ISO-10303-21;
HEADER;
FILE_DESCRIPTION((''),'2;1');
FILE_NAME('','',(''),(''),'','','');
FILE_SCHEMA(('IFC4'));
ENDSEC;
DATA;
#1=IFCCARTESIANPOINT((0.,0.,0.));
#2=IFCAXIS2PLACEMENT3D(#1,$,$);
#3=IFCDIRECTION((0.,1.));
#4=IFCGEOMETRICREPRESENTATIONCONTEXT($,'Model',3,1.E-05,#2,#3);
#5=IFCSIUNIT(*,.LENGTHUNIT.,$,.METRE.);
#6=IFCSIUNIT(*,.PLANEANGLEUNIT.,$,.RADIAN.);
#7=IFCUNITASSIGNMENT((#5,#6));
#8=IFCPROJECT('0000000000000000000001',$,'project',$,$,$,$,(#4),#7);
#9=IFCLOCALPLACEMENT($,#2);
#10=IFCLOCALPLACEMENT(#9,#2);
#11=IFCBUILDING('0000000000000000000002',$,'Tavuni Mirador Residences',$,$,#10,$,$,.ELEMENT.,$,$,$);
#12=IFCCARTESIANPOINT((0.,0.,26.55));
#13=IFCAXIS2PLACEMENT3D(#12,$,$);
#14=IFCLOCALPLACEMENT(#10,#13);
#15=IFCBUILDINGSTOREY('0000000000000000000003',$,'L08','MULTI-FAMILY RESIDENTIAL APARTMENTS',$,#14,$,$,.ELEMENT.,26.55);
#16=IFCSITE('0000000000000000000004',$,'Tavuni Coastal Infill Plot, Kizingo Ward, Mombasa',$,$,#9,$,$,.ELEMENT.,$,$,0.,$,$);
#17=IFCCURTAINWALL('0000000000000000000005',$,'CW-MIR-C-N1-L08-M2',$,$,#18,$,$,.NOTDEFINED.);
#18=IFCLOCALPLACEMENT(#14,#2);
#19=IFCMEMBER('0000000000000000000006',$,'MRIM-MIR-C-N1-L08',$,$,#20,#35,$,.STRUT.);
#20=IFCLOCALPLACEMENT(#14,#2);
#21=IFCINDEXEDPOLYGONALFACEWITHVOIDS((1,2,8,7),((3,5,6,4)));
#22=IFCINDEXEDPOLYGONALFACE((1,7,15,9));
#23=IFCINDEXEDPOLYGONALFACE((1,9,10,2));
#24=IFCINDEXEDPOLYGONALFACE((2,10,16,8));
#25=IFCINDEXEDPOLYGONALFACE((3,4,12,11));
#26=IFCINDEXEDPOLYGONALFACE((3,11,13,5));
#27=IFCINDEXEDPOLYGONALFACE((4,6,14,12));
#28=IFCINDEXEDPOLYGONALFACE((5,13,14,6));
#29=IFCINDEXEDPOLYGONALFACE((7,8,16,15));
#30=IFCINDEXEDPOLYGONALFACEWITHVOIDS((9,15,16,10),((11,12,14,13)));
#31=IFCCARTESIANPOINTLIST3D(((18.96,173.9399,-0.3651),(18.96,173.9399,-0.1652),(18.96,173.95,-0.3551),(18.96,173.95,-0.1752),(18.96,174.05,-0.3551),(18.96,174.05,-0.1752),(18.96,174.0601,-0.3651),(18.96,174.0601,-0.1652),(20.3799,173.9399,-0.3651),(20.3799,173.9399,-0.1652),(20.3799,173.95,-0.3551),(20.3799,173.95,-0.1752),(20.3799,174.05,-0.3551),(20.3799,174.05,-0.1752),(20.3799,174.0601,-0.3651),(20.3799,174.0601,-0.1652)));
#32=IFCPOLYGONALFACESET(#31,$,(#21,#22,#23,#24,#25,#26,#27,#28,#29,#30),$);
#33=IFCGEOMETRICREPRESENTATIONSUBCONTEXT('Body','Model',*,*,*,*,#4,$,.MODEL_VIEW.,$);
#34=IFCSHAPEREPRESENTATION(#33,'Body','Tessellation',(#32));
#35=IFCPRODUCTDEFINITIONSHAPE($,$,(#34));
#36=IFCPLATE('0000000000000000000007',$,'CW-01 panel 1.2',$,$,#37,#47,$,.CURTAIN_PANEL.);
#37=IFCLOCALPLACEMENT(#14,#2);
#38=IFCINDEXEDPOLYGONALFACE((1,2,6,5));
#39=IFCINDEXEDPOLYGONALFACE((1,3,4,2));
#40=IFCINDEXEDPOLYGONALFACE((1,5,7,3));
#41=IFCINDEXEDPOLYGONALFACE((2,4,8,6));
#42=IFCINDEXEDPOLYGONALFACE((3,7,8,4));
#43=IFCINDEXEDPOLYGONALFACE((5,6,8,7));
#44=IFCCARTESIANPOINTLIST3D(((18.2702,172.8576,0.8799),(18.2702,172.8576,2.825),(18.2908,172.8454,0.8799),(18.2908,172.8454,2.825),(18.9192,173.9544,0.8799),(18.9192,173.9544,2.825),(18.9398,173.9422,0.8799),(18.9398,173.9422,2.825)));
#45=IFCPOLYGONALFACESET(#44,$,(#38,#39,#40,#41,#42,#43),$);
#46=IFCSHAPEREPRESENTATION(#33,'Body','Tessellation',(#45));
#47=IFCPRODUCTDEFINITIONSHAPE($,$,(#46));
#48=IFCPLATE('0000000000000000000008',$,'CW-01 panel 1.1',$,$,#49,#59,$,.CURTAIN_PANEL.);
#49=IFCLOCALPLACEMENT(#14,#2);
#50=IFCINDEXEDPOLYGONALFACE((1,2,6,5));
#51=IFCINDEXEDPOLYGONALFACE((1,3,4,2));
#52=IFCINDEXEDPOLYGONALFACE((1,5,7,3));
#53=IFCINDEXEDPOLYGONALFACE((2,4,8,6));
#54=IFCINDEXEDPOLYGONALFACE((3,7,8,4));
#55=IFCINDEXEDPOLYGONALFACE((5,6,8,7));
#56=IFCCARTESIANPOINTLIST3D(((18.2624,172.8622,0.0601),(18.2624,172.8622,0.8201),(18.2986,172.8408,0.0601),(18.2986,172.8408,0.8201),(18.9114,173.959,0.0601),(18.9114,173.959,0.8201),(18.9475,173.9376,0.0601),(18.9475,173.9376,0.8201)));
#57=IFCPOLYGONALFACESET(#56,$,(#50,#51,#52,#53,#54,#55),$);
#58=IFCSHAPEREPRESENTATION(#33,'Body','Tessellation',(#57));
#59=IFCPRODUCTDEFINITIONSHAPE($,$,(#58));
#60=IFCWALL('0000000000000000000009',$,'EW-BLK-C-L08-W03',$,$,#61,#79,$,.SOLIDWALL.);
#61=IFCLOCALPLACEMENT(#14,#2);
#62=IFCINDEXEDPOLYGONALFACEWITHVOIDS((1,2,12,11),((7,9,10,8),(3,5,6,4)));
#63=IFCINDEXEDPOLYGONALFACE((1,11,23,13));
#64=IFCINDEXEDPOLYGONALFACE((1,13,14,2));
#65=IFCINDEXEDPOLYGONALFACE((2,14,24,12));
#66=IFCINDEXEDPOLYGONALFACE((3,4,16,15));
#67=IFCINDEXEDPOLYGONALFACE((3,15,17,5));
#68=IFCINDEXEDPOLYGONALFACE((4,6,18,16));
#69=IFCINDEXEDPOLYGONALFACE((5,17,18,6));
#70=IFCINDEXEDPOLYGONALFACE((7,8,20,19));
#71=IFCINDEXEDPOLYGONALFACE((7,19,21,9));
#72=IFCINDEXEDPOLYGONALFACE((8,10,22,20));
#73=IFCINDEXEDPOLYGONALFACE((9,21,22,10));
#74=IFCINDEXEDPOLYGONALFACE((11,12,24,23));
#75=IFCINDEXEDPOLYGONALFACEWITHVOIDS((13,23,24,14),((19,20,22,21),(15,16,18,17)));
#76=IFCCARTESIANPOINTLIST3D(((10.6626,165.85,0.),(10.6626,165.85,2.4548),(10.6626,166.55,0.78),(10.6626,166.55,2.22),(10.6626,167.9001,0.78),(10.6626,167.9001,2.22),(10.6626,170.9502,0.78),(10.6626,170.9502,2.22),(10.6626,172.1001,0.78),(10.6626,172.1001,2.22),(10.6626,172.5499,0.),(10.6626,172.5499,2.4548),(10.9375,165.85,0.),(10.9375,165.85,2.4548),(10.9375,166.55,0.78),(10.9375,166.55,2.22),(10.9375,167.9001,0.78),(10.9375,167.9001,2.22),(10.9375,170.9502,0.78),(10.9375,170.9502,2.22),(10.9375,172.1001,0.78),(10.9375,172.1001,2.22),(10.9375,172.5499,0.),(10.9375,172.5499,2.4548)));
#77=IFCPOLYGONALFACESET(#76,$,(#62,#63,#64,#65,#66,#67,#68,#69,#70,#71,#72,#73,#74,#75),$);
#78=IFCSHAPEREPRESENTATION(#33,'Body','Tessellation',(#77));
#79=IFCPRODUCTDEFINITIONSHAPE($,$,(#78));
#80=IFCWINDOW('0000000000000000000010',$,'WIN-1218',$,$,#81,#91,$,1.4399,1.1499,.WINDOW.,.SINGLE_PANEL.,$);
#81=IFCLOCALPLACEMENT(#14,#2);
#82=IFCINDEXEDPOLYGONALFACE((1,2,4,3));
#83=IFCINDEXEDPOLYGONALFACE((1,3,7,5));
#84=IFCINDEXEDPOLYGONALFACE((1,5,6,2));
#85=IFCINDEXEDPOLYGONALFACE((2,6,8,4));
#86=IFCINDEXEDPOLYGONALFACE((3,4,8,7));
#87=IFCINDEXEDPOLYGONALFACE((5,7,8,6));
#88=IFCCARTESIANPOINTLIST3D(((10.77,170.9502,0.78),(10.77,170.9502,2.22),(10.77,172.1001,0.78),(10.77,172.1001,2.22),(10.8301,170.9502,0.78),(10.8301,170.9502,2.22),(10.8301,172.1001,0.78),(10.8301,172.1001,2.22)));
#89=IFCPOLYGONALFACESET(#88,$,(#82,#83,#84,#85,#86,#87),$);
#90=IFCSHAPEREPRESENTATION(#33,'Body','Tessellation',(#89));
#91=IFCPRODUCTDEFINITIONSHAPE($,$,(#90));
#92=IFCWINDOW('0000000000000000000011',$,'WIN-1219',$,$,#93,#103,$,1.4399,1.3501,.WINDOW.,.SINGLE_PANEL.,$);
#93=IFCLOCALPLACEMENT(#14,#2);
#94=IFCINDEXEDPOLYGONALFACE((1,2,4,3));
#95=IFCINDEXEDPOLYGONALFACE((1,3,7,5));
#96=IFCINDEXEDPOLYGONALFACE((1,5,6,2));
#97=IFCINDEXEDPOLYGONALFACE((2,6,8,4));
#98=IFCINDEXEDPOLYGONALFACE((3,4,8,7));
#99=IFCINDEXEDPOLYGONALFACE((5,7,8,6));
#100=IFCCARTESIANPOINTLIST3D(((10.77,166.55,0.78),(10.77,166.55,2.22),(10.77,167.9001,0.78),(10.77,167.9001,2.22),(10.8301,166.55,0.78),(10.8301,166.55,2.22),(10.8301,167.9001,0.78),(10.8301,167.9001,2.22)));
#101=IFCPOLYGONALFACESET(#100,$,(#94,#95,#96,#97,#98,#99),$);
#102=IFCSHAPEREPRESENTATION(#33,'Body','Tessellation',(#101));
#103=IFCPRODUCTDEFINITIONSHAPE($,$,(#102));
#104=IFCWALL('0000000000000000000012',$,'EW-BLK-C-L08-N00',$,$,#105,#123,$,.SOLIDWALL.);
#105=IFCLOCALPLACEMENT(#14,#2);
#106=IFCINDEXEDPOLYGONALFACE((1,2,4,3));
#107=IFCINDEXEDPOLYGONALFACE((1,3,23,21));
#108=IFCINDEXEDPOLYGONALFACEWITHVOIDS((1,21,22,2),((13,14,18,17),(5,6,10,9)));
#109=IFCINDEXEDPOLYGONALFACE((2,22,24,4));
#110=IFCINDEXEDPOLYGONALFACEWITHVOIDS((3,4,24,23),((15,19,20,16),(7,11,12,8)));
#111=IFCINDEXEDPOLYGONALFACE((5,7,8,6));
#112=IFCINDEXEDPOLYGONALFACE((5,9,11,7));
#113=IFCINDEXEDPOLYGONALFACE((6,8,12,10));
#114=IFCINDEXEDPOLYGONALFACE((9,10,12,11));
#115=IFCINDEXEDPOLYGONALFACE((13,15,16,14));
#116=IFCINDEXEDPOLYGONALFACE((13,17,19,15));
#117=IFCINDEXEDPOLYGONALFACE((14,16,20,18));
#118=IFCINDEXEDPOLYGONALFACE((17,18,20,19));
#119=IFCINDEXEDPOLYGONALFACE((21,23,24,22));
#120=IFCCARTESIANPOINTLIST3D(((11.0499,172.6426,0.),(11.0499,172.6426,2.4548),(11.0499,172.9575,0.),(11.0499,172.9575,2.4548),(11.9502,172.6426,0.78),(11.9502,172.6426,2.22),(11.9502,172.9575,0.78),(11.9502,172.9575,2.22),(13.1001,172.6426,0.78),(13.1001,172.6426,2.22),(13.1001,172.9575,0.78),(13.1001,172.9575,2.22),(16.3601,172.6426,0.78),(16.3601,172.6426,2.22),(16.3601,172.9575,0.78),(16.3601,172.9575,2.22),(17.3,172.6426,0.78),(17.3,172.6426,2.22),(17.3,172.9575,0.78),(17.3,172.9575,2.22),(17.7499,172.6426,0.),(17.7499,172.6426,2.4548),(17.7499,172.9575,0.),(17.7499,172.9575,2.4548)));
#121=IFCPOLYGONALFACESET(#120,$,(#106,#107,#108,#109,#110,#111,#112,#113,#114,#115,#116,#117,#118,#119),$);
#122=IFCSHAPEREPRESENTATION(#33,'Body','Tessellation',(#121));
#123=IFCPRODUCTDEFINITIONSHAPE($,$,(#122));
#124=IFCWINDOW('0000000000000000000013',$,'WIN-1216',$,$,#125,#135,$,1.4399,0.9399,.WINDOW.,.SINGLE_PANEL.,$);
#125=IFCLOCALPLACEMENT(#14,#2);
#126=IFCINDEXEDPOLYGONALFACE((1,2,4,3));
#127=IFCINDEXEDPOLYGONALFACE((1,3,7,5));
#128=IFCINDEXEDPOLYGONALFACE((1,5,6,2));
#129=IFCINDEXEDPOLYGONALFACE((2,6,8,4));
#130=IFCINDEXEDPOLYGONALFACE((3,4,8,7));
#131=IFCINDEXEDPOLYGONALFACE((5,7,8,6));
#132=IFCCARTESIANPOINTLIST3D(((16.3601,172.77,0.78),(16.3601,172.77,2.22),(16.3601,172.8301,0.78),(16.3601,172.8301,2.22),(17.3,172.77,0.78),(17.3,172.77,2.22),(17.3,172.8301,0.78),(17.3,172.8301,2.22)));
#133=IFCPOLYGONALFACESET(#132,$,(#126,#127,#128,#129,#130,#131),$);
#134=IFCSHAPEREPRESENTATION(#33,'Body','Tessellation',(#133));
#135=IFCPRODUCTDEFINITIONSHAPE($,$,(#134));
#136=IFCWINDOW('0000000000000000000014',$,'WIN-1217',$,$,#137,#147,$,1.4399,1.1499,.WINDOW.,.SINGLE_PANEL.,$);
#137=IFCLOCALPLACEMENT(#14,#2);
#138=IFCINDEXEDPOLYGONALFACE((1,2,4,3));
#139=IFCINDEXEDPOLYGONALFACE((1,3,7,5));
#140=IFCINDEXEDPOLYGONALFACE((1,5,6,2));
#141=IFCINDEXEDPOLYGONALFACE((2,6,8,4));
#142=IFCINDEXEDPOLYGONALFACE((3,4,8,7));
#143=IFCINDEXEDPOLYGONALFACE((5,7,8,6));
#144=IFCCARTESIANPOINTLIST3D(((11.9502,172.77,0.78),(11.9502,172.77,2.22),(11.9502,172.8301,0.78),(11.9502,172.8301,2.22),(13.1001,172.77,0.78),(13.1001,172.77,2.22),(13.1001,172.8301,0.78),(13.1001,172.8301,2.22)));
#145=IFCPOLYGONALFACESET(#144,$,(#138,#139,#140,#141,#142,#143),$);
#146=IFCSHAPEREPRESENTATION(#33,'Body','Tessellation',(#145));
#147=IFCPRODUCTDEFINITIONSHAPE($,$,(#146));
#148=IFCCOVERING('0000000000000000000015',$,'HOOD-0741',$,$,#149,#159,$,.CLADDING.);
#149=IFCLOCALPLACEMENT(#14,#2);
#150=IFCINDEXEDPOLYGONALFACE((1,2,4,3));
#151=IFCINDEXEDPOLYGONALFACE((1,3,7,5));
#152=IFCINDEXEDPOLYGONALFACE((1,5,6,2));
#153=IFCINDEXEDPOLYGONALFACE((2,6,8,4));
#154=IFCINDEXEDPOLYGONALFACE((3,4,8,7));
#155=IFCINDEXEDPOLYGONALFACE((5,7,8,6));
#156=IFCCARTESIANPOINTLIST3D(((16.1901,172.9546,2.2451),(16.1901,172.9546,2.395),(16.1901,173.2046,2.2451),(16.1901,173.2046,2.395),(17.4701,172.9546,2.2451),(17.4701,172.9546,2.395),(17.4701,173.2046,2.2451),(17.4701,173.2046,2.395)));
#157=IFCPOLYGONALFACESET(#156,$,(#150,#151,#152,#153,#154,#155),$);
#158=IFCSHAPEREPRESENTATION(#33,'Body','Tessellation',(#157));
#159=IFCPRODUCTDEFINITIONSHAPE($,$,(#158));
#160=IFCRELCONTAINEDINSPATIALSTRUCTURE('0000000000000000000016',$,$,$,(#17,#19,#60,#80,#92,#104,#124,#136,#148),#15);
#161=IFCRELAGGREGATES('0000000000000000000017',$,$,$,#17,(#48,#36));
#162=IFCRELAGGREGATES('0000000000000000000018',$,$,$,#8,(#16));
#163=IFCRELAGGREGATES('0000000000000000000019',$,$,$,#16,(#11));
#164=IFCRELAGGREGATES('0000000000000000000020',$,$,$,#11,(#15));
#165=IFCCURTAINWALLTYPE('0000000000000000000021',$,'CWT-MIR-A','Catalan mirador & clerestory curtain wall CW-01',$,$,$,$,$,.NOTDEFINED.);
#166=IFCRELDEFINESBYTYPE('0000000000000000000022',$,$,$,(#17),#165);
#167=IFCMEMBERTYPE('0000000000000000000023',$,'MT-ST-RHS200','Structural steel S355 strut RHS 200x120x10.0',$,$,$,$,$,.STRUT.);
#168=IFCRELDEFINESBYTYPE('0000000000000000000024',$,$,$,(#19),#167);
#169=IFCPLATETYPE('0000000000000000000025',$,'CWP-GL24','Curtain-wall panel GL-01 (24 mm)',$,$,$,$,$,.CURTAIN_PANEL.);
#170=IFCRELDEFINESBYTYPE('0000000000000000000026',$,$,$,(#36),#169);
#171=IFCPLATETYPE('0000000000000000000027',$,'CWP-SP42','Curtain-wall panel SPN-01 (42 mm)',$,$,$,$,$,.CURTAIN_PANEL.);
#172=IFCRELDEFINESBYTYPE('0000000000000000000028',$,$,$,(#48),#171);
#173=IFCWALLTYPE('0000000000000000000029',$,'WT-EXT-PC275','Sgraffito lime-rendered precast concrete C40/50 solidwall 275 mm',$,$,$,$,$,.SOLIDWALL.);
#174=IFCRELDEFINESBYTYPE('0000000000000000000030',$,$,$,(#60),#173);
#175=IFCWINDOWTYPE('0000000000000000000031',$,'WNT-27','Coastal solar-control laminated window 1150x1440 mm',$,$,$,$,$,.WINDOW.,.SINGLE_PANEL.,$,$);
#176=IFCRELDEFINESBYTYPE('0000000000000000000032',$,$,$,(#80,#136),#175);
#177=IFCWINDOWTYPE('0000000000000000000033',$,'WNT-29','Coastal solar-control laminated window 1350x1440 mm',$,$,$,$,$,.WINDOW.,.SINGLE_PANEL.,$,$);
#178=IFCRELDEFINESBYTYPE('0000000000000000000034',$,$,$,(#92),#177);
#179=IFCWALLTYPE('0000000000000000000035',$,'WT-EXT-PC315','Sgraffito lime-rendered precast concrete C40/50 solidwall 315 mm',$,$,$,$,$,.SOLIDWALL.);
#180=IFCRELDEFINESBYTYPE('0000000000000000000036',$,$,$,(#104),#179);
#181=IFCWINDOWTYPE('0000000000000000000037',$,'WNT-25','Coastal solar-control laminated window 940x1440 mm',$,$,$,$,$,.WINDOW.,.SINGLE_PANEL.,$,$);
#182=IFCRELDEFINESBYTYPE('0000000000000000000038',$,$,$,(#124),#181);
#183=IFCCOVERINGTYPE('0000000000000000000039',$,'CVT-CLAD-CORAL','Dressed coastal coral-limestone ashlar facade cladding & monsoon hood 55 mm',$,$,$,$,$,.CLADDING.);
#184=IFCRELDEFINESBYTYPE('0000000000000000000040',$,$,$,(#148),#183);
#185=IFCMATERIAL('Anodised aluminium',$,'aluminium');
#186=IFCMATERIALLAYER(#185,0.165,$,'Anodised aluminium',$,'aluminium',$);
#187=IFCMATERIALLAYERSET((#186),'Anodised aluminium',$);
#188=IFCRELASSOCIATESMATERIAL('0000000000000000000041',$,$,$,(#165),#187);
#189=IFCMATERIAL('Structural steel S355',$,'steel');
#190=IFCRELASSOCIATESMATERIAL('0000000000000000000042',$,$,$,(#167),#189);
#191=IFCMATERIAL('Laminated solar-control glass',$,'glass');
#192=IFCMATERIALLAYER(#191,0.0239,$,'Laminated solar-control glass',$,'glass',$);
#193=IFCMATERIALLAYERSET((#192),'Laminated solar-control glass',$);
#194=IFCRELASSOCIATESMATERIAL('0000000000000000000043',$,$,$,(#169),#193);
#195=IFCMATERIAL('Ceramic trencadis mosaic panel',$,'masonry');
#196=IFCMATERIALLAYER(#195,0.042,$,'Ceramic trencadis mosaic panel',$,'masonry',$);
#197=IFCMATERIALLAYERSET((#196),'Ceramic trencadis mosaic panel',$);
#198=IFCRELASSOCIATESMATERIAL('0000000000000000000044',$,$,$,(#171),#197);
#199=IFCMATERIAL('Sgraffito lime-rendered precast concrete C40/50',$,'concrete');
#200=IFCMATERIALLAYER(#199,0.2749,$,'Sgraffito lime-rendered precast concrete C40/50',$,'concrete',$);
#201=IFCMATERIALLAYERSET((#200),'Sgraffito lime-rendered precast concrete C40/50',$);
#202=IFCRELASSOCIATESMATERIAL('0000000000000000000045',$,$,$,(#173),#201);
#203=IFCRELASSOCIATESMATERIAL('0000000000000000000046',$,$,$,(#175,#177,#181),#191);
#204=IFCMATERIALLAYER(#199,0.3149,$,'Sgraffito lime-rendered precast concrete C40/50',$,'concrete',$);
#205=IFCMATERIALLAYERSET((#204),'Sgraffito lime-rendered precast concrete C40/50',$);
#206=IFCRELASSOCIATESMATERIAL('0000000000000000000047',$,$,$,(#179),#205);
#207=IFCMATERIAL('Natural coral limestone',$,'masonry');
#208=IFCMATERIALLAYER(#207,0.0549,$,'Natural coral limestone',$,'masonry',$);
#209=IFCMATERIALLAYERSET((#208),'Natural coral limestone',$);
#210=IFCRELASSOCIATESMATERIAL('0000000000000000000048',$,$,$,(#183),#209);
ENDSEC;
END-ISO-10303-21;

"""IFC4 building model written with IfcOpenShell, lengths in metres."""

from ifc_helpers import new_model, si_unit, direction, frame, frame_2d, origin, origin_2d, place, context, subcontext, project, spatial, rectangle, hollow_rectangle, extrude, material, layer, layer_set, material_profile, profile_set, type_object, element, fill, aggregate, save


model = new_model("IFC4")

# Units and contexts
model_context = context("Model", 3, precision=1e-05, world=origin(), true_north=direction((0.0, 1.0)))
body_context = subcontext(model_context, "Body", "Model", "MODEL_VIEW")
ifc_project = project(units=[si_unit("LENGTHUNIT", "METRE"), si_unit("PLANEANGLEUNIT", "RADIAN")], contexts=[model_context])

# Site, building, storey
site_placement = place(None, origin())
site = spatial("IfcSite", under=ifc_project, at=site_placement, Name="Tavuni Coastal Infill Plot, Kizingo Ward, Mombasa", CompositionType="ELEMENT", RefElevation=0.0)
building_placement = place(site_placement, origin())
building = spatial("IfcBuilding", under=site, at=building_placement, Name="Tavuni Mirador Residences", CompositionType="ELEMENT")
storey_placement = place(building_placement, frame((0.0, 0.0, 26.55)))
storey = spatial("IfcBuildingStorey", under=building, at=storey_placement, Name="L08", Description="MULTI-FAMILY RESIDENTIAL APARTMENTS", CompositionType="ELEMENT", Elevation=26.55)

# Curtain wall
ifc_material_1 = material(Name="Anodised aluminium", Category="aluminium")
ifc_layer_1 = layer(ifc_material_1, 0.165, Name="Anodised aluminium", Category="aluminium")
ifc_layer_set_1 = layer_set([ifc_layer_1], Name="Anodised aluminium")
curtain_wall_type_1 = type_object("IfcCurtainWallType", Name="CWT-MIR-A", Description="Catalan mirador & clerestory curtain wall CW-01", PredefinedType="NOTDEFINED", material=ifc_layer_set_1)
curtain_wall_1_placement = place(storey_placement, origin())
curtain_wall_1 = element("IfcCurtainWall", 1, at=curtain_wall_1_placement, inside=storey, type_object=curtain_wall_type_1, Name="CW-MIR-C-N1-L08-M2", PredefinedType="NOTDEFINED")

# Member
ifc_material_2 = material(Name="Structural steel S355", Category="steel")
ifc_material_profile_1 = material_profile(ifc_material_2, hollow_rectangle(XDim=0.1201, YDim=0.2, WallThickness=0.01, at=origin_2d()), Name="RHS 200x120x10.0", Category="steel")
ifc_profile_set_1 = profile_set([ifc_material_profile_1], Name="Structural steel S355")
member_type_1 = type_object("IfcMemberType", Name="MT-ST-RHS200", Description="Structural steel S355 strut RHS 200x120x10.0", PredefinedType="STRUT", material=ifc_profile_set_1)
member_1_placement = place(storey_placement, frame((18.96, 174.0, -0.2651), z_axis=(1.0, 0.0, 0.0), x_axis=(0.0, 1.0, 0.0)))
element("IfcMember", 2, at=member_1_placement, inside=storey, type_object=member_type_1, Name="MRIM-MIR-C-N1-L08", PredefinedType="STRUT", context=body_context, shape_type="SweptSolid", body=[
    extrude(hollow_rectangle(XDim=0.1201, YDim=0.2, WallThickness=0.01, at=origin_2d()), origin(), (0.0, 0.0, 1.0), 1.4199),
])

# Plates
ifc_material_3 = material(Name="Laminated solar-control glass", Category="glass")
ifc_layer_2 = layer(ifc_material_3, 0.0239, Name="Laminated solar-control glass", Category="glass")
ifc_layer_set_2 = layer_set([ifc_layer_2], Name="Laminated solar-control glass")
plate_type_1 = type_object("IfcPlateType", Name="CWP-GL24", Description="Curtain-wall panel GL-01 (24 mm)", PredefinedType="CURTAIN_PANEL", material=ifc_layer_set_2)
plate_1_placement = place(storey_placement, frame((18.605, 173.3999, 0.8799), z_axis=(0.0, 0.0, 1.0), x_axis=(-0.509212, -0.860641, 0.0)))
plate_1 = element("IfcPlate", 3, at=plate_1_placement, type_object=plate_type_1, Name="CW-01 panel 1.2", PredefinedType="CURTAIN_PANEL", context=body_context, shape_type="SweptSolid", body=[
    extrude(rectangle(XDim=1.2744, YDim=0.0239, at=origin_2d()), origin(), (0.0, 0.0, 1.0), 1.9451),
])
ifc_material_4 = material(Name="Ceramic trencadis mosaic panel", Category="masonry")
ifc_layer_3 = layer(ifc_material_4, 0.042, Name="Ceramic trencadis mosaic panel", Category="masonry")
ifc_layer_set_3 = layer_set([ifc_layer_3], Name="Ceramic trencadis mosaic panel")
plate_type_2 = type_object("IfcPlateType", Name="CWP-SP42", Description="Curtain-wall panel SPN-01 (42 mm)", PredefinedType="CURTAIN_PANEL", material=ifc_layer_set_3)
plate_2_placement = place(storey_placement, frame((18.605, 173.3999, 0.0601), z_axis=(0.0, 0.0, 1.0), x_axis=(-0.509212, -0.860641, 0.0)))
plate_2 = element("IfcPlate", 4, at=plate_2_placement, type_object=plate_type_2, Name="CW-01 panel 1.1", PredefinedType="CURTAIN_PANEL", context=body_context, shape_type="SweptSolid", body=[
    extrude(rectangle(XDim=1.2744, YDim=0.042, at=origin_2d()), origin(), (0.0, 0.0, 1.0), 0.76),
])
aggregate(curtain_wall_1, [plate_2, plate_1])

# Walls, openings, windows
ifc_material_5 = material(Name="Sgraffito lime-rendered precast concrete C40/50", Category="concrete")
ifc_layer_4 = layer(ifc_material_5, 0.2749, Name="Sgraffito lime-rendered precast concrete C40/50", Category="concrete")
ifc_layer_set_4 = layer_set([ifc_layer_4], Name="Sgraffito lime-rendered precast concrete C40/50")
wall_type_1 = type_object("IfcWallType", Name="WT-EXT-PC275", Description="Sgraffito lime-rendered precast concrete C40/50 solidwall 275 mm", PredefinedType="SOLIDWALL", material=ifc_layer_set_4)
wall_1_placement = place(storey_placement, frame((10.8, 172.55, 0.0), z_axis=(0.0, 0.0, 1.0), x_axis=(0.0, -1.0, 0.0)))
wall_1 = element("IfcWall", 5, at=wall_1_placement, inside=storey, type_object=wall_type_1, Name="EW-BLK-C-L08-W03", PredefinedType="SOLIDWALL", context=body_context, shape_type="SweptSolid", body=[
    extrude(rectangle(XDim=6.7, YDim=0.2749, at=frame_2d((3.3501, 0.0))), origin(), (0.0, 0.0, 1.0), 2.4548),
])
opening_1_placement = place(wall_1_placement, frame((0.45, 0.0, 0.78)))
opening_1 = element("IfcOpeningElement", 6, at=opening_1_placement, cuts=wall_1, PredefinedType="OPENING", context=body_context, shape_type="SweptSolid", body=[
    extrude(rectangle(XDim=1.1499, YDim=1.4399, at=frame_2d((0.575, 0.72))), frame((0.0, 0.1475, 0.0), z_axis=(0.0, -1.0, 0.0), x_axis=(1.0, 0.0, 0.0)), (0.0, 0.0, 1.0), 0.2949),
])
opening_2_placement = place(wall_1_placement, frame((4.6499, 0.0, 0.78)))
opening_2 = element("IfcOpeningElement", 7, at=opening_2_placement, cuts=wall_1, PredefinedType="OPENING", context=body_context, shape_type="SweptSolid", body=[
    extrude(rectangle(XDim=1.3501, YDim=1.4399, at=frame_2d((0.675, 0.72))), frame((0.0, 0.1475, 0.0), z_axis=(0.0, -1.0, 0.0), x_axis=(1.0, 0.0, 0.0)), (0.0, 0.0, 1.0), 0.2949),
])
window_type_1 = type_object("IfcWindowType", Name="WNT-27", Description="Coastal solar-control laminated window 1150x1440 mm", PartitioningType="SINGLE_PANEL", PredefinedType="WINDOW", material=ifc_material_3)
window_1_placement = place(opening_1_placement, origin())
window_1 = element("IfcWindow", 8, at=window_1_placement, inside=storey, type_object=window_type_1, Name="WIN-1218", OverallHeight=1.4399, OverallWidth=1.1499, PartitioningType="SINGLE_PANEL", PredefinedType="WINDOW", context=body_context, shape_type="SweptSolid", body=[
    extrude(rectangle(XDim=1.1499, YDim=1.4399, at=frame_2d((0.575, 0.72))), frame((0.0, 0.03, 0.0), z_axis=(0.0, -1.0, 0.0), x_axis=(1.0, 0.0, 0.0)), (0.0, 0.0, 1.0), 0.0601),
])
fill(opening_1, window_1)
window_type_2 = type_object("IfcWindowType", Name="WNT-29", Description="Coastal solar-control laminated window 1350x1440 mm", PartitioningType="SINGLE_PANEL", PredefinedType="WINDOW", material=ifc_material_3)
window_2_placement = place(opening_2_placement, origin())
window_2 = element("IfcWindow", 9, at=window_2_placement, inside=storey, type_object=window_type_2, Name="WIN-1219", OverallHeight=1.4399, OverallWidth=1.3501, PartitioningType="SINGLE_PANEL", PredefinedType="WINDOW", context=body_context, shape_type="SweptSolid", body=[
    extrude(rectangle(XDim=1.3501, YDim=1.4399, at=frame_2d((0.675, 0.72))), frame((0.0, 0.03, 0.0), z_axis=(0.0, -1.0, 0.0), x_axis=(1.0, 0.0, 0.0)), (0.0, 0.0, 1.0), 0.0601),
])
fill(opening_2, window_2)
ifc_layer_5 = layer(ifc_material_5, 0.3149, Name="Sgraffito lime-rendered precast concrete C40/50", Category="concrete")
ifc_layer_set_5 = layer_set([ifc_layer_5], Name="Sgraffito lime-rendered precast concrete C40/50")
wall_type_2 = type_object("IfcWallType", Name="WT-EXT-PC315", Description="Sgraffito lime-rendered precast concrete C40/50 solidwall 315 mm", PredefinedType="SOLIDWALL", material=ifc_layer_set_5)
wall_2_placement = place(storey_placement, frame((17.75, 172.8, 0.0), z_axis=(0.0, 0.0, 1.0), x_axis=(-1.0, 0.0, 0.0)))
wall_2 = element("IfcWall", 10, at=wall_2_placement, inside=storey, type_object=wall_type_2, Name="EW-BLK-C-L08-N00", PredefinedType="SOLIDWALL", context=body_context, shape_type="SweptSolid", body=[
    extrude(rectangle(XDim=6.7, YDim=0.3149, at=frame_2d((3.3501, 0.0))), origin(), (0.0, 0.0, 1.0), 2.4548),
])
opening_3_placement = place(wall_2_placement, frame((0.45, 0.0, 0.78)))
opening_3 = element("IfcOpeningElement", 11, at=opening_3_placement, cuts=wall_2, PredefinedType="OPENING", context=body_context, shape_type="SweptSolid", body=[
    extrude(rectangle(XDim=0.9399, YDim=1.4399, at=frame_2d((0.47, 0.72))), frame((0.0, 0.1675, 0.0), z_axis=(0.0, -1.0, 0.0), x_axis=(1.0, 0.0, 0.0)), (0.0, 0.0, 1.0), 0.335),
])
opening_4_placement = place(wall_2_placement, frame((4.6499, 0.0, 0.78)))
opening_4 = element("IfcOpeningElement", 12, at=opening_4_placement, cuts=wall_2, PredefinedType="OPENING", context=body_context, shape_type="SweptSolid", body=[
    extrude(rectangle(XDim=1.1499, YDim=1.4399, at=frame_2d((0.575, 0.72))), frame((0.0, 0.1675, 0.0), z_axis=(0.0, -1.0, 0.0), x_axis=(1.0, 0.0, 0.0)), (0.0, 0.0, 1.0), 0.335),
])
window_type_3 = type_object("IfcWindowType", Name="WNT-25", Description="Coastal solar-control laminated window 940x1440 mm", PartitioningType="SINGLE_PANEL", PredefinedType="WINDOW", material=ifc_material_3)
window_3_placement = place(opening_3_placement, origin())
window_3 = element("IfcWindow", 13, at=window_3_placement, inside=storey, type_object=window_type_3, Name="WIN-1216", OverallHeight=1.4399, OverallWidth=0.9399, PartitioningType="SINGLE_PANEL", PredefinedType="WINDOW", context=body_context, shape_type="SweptSolid", body=[
    extrude(rectangle(XDim=0.9399, YDim=1.4399, at=frame_2d((0.47, 0.72))), frame((0.0, 0.03, 0.0), z_axis=(0.0, -1.0, 0.0), x_axis=(1.0, 0.0, 0.0)), (0.0, 0.0, 1.0), 0.0601),
])
fill(opening_3, window_3)
window_4_placement = place(opening_4_placement, origin())
window_4 = element("IfcWindow", 14, at=window_4_placement, inside=storey, type_object=window_type_1, Name="WIN-1217", OverallHeight=1.4399, OverallWidth=1.1499, PartitioningType="SINGLE_PANEL", PredefinedType="WINDOW", context=body_context, shape_type="SweptSolid", body=[
    extrude(rectangle(XDim=1.1499, YDim=1.4399, at=frame_2d((0.575, 0.72))), frame((0.0, 0.03, 0.0), z_axis=(0.0, -1.0, 0.0), x_axis=(1.0, 0.0, 0.0)), (0.0, 0.0, 1.0), 0.0601),
])
fill(opening_4, window_4)

# Covering
ifc_material_6 = material(Name="Natural coral limestone", Category="masonry")
ifc_layer_6 = layer(ifc_material_6, 0.0549, Name="Natural coral limestone", Category="masonry")
ifc_layer_set_6 = layer_set([ifc_layer_6], Name="Natural coral limestone")
covering_type = type_object("IfcCoveringType", Name="CVT-CLAD-CORAL", Description="Dressed coastal coral-limestone ashlar facade cladding & monsoon hood 55 mm", PredefinedType="CLADDING", material=ifc_layer_set_6)
covering_1_placement = place(storey_placement, frame((16.8301, 173.0796, 2.2451), z_axis=(0.0, 0.0, 1.0), x_axis=(-1.0, 0.0, 0.0)))
element("IfcCovering", 15, at=covering_1_placement, inside=storey, type_object=covering_type, Name="HOOD-0741", PredefinedType="CLADDING", context=body_context, shape_type="SweptSolid", body=[
    extrude(rectangle(XDim=1.28, YDim=0.25, at=origin_2d()), origin(), (0.0, 0.0, 1.0), 0.1499),
])

save(model, "model.ifc")
